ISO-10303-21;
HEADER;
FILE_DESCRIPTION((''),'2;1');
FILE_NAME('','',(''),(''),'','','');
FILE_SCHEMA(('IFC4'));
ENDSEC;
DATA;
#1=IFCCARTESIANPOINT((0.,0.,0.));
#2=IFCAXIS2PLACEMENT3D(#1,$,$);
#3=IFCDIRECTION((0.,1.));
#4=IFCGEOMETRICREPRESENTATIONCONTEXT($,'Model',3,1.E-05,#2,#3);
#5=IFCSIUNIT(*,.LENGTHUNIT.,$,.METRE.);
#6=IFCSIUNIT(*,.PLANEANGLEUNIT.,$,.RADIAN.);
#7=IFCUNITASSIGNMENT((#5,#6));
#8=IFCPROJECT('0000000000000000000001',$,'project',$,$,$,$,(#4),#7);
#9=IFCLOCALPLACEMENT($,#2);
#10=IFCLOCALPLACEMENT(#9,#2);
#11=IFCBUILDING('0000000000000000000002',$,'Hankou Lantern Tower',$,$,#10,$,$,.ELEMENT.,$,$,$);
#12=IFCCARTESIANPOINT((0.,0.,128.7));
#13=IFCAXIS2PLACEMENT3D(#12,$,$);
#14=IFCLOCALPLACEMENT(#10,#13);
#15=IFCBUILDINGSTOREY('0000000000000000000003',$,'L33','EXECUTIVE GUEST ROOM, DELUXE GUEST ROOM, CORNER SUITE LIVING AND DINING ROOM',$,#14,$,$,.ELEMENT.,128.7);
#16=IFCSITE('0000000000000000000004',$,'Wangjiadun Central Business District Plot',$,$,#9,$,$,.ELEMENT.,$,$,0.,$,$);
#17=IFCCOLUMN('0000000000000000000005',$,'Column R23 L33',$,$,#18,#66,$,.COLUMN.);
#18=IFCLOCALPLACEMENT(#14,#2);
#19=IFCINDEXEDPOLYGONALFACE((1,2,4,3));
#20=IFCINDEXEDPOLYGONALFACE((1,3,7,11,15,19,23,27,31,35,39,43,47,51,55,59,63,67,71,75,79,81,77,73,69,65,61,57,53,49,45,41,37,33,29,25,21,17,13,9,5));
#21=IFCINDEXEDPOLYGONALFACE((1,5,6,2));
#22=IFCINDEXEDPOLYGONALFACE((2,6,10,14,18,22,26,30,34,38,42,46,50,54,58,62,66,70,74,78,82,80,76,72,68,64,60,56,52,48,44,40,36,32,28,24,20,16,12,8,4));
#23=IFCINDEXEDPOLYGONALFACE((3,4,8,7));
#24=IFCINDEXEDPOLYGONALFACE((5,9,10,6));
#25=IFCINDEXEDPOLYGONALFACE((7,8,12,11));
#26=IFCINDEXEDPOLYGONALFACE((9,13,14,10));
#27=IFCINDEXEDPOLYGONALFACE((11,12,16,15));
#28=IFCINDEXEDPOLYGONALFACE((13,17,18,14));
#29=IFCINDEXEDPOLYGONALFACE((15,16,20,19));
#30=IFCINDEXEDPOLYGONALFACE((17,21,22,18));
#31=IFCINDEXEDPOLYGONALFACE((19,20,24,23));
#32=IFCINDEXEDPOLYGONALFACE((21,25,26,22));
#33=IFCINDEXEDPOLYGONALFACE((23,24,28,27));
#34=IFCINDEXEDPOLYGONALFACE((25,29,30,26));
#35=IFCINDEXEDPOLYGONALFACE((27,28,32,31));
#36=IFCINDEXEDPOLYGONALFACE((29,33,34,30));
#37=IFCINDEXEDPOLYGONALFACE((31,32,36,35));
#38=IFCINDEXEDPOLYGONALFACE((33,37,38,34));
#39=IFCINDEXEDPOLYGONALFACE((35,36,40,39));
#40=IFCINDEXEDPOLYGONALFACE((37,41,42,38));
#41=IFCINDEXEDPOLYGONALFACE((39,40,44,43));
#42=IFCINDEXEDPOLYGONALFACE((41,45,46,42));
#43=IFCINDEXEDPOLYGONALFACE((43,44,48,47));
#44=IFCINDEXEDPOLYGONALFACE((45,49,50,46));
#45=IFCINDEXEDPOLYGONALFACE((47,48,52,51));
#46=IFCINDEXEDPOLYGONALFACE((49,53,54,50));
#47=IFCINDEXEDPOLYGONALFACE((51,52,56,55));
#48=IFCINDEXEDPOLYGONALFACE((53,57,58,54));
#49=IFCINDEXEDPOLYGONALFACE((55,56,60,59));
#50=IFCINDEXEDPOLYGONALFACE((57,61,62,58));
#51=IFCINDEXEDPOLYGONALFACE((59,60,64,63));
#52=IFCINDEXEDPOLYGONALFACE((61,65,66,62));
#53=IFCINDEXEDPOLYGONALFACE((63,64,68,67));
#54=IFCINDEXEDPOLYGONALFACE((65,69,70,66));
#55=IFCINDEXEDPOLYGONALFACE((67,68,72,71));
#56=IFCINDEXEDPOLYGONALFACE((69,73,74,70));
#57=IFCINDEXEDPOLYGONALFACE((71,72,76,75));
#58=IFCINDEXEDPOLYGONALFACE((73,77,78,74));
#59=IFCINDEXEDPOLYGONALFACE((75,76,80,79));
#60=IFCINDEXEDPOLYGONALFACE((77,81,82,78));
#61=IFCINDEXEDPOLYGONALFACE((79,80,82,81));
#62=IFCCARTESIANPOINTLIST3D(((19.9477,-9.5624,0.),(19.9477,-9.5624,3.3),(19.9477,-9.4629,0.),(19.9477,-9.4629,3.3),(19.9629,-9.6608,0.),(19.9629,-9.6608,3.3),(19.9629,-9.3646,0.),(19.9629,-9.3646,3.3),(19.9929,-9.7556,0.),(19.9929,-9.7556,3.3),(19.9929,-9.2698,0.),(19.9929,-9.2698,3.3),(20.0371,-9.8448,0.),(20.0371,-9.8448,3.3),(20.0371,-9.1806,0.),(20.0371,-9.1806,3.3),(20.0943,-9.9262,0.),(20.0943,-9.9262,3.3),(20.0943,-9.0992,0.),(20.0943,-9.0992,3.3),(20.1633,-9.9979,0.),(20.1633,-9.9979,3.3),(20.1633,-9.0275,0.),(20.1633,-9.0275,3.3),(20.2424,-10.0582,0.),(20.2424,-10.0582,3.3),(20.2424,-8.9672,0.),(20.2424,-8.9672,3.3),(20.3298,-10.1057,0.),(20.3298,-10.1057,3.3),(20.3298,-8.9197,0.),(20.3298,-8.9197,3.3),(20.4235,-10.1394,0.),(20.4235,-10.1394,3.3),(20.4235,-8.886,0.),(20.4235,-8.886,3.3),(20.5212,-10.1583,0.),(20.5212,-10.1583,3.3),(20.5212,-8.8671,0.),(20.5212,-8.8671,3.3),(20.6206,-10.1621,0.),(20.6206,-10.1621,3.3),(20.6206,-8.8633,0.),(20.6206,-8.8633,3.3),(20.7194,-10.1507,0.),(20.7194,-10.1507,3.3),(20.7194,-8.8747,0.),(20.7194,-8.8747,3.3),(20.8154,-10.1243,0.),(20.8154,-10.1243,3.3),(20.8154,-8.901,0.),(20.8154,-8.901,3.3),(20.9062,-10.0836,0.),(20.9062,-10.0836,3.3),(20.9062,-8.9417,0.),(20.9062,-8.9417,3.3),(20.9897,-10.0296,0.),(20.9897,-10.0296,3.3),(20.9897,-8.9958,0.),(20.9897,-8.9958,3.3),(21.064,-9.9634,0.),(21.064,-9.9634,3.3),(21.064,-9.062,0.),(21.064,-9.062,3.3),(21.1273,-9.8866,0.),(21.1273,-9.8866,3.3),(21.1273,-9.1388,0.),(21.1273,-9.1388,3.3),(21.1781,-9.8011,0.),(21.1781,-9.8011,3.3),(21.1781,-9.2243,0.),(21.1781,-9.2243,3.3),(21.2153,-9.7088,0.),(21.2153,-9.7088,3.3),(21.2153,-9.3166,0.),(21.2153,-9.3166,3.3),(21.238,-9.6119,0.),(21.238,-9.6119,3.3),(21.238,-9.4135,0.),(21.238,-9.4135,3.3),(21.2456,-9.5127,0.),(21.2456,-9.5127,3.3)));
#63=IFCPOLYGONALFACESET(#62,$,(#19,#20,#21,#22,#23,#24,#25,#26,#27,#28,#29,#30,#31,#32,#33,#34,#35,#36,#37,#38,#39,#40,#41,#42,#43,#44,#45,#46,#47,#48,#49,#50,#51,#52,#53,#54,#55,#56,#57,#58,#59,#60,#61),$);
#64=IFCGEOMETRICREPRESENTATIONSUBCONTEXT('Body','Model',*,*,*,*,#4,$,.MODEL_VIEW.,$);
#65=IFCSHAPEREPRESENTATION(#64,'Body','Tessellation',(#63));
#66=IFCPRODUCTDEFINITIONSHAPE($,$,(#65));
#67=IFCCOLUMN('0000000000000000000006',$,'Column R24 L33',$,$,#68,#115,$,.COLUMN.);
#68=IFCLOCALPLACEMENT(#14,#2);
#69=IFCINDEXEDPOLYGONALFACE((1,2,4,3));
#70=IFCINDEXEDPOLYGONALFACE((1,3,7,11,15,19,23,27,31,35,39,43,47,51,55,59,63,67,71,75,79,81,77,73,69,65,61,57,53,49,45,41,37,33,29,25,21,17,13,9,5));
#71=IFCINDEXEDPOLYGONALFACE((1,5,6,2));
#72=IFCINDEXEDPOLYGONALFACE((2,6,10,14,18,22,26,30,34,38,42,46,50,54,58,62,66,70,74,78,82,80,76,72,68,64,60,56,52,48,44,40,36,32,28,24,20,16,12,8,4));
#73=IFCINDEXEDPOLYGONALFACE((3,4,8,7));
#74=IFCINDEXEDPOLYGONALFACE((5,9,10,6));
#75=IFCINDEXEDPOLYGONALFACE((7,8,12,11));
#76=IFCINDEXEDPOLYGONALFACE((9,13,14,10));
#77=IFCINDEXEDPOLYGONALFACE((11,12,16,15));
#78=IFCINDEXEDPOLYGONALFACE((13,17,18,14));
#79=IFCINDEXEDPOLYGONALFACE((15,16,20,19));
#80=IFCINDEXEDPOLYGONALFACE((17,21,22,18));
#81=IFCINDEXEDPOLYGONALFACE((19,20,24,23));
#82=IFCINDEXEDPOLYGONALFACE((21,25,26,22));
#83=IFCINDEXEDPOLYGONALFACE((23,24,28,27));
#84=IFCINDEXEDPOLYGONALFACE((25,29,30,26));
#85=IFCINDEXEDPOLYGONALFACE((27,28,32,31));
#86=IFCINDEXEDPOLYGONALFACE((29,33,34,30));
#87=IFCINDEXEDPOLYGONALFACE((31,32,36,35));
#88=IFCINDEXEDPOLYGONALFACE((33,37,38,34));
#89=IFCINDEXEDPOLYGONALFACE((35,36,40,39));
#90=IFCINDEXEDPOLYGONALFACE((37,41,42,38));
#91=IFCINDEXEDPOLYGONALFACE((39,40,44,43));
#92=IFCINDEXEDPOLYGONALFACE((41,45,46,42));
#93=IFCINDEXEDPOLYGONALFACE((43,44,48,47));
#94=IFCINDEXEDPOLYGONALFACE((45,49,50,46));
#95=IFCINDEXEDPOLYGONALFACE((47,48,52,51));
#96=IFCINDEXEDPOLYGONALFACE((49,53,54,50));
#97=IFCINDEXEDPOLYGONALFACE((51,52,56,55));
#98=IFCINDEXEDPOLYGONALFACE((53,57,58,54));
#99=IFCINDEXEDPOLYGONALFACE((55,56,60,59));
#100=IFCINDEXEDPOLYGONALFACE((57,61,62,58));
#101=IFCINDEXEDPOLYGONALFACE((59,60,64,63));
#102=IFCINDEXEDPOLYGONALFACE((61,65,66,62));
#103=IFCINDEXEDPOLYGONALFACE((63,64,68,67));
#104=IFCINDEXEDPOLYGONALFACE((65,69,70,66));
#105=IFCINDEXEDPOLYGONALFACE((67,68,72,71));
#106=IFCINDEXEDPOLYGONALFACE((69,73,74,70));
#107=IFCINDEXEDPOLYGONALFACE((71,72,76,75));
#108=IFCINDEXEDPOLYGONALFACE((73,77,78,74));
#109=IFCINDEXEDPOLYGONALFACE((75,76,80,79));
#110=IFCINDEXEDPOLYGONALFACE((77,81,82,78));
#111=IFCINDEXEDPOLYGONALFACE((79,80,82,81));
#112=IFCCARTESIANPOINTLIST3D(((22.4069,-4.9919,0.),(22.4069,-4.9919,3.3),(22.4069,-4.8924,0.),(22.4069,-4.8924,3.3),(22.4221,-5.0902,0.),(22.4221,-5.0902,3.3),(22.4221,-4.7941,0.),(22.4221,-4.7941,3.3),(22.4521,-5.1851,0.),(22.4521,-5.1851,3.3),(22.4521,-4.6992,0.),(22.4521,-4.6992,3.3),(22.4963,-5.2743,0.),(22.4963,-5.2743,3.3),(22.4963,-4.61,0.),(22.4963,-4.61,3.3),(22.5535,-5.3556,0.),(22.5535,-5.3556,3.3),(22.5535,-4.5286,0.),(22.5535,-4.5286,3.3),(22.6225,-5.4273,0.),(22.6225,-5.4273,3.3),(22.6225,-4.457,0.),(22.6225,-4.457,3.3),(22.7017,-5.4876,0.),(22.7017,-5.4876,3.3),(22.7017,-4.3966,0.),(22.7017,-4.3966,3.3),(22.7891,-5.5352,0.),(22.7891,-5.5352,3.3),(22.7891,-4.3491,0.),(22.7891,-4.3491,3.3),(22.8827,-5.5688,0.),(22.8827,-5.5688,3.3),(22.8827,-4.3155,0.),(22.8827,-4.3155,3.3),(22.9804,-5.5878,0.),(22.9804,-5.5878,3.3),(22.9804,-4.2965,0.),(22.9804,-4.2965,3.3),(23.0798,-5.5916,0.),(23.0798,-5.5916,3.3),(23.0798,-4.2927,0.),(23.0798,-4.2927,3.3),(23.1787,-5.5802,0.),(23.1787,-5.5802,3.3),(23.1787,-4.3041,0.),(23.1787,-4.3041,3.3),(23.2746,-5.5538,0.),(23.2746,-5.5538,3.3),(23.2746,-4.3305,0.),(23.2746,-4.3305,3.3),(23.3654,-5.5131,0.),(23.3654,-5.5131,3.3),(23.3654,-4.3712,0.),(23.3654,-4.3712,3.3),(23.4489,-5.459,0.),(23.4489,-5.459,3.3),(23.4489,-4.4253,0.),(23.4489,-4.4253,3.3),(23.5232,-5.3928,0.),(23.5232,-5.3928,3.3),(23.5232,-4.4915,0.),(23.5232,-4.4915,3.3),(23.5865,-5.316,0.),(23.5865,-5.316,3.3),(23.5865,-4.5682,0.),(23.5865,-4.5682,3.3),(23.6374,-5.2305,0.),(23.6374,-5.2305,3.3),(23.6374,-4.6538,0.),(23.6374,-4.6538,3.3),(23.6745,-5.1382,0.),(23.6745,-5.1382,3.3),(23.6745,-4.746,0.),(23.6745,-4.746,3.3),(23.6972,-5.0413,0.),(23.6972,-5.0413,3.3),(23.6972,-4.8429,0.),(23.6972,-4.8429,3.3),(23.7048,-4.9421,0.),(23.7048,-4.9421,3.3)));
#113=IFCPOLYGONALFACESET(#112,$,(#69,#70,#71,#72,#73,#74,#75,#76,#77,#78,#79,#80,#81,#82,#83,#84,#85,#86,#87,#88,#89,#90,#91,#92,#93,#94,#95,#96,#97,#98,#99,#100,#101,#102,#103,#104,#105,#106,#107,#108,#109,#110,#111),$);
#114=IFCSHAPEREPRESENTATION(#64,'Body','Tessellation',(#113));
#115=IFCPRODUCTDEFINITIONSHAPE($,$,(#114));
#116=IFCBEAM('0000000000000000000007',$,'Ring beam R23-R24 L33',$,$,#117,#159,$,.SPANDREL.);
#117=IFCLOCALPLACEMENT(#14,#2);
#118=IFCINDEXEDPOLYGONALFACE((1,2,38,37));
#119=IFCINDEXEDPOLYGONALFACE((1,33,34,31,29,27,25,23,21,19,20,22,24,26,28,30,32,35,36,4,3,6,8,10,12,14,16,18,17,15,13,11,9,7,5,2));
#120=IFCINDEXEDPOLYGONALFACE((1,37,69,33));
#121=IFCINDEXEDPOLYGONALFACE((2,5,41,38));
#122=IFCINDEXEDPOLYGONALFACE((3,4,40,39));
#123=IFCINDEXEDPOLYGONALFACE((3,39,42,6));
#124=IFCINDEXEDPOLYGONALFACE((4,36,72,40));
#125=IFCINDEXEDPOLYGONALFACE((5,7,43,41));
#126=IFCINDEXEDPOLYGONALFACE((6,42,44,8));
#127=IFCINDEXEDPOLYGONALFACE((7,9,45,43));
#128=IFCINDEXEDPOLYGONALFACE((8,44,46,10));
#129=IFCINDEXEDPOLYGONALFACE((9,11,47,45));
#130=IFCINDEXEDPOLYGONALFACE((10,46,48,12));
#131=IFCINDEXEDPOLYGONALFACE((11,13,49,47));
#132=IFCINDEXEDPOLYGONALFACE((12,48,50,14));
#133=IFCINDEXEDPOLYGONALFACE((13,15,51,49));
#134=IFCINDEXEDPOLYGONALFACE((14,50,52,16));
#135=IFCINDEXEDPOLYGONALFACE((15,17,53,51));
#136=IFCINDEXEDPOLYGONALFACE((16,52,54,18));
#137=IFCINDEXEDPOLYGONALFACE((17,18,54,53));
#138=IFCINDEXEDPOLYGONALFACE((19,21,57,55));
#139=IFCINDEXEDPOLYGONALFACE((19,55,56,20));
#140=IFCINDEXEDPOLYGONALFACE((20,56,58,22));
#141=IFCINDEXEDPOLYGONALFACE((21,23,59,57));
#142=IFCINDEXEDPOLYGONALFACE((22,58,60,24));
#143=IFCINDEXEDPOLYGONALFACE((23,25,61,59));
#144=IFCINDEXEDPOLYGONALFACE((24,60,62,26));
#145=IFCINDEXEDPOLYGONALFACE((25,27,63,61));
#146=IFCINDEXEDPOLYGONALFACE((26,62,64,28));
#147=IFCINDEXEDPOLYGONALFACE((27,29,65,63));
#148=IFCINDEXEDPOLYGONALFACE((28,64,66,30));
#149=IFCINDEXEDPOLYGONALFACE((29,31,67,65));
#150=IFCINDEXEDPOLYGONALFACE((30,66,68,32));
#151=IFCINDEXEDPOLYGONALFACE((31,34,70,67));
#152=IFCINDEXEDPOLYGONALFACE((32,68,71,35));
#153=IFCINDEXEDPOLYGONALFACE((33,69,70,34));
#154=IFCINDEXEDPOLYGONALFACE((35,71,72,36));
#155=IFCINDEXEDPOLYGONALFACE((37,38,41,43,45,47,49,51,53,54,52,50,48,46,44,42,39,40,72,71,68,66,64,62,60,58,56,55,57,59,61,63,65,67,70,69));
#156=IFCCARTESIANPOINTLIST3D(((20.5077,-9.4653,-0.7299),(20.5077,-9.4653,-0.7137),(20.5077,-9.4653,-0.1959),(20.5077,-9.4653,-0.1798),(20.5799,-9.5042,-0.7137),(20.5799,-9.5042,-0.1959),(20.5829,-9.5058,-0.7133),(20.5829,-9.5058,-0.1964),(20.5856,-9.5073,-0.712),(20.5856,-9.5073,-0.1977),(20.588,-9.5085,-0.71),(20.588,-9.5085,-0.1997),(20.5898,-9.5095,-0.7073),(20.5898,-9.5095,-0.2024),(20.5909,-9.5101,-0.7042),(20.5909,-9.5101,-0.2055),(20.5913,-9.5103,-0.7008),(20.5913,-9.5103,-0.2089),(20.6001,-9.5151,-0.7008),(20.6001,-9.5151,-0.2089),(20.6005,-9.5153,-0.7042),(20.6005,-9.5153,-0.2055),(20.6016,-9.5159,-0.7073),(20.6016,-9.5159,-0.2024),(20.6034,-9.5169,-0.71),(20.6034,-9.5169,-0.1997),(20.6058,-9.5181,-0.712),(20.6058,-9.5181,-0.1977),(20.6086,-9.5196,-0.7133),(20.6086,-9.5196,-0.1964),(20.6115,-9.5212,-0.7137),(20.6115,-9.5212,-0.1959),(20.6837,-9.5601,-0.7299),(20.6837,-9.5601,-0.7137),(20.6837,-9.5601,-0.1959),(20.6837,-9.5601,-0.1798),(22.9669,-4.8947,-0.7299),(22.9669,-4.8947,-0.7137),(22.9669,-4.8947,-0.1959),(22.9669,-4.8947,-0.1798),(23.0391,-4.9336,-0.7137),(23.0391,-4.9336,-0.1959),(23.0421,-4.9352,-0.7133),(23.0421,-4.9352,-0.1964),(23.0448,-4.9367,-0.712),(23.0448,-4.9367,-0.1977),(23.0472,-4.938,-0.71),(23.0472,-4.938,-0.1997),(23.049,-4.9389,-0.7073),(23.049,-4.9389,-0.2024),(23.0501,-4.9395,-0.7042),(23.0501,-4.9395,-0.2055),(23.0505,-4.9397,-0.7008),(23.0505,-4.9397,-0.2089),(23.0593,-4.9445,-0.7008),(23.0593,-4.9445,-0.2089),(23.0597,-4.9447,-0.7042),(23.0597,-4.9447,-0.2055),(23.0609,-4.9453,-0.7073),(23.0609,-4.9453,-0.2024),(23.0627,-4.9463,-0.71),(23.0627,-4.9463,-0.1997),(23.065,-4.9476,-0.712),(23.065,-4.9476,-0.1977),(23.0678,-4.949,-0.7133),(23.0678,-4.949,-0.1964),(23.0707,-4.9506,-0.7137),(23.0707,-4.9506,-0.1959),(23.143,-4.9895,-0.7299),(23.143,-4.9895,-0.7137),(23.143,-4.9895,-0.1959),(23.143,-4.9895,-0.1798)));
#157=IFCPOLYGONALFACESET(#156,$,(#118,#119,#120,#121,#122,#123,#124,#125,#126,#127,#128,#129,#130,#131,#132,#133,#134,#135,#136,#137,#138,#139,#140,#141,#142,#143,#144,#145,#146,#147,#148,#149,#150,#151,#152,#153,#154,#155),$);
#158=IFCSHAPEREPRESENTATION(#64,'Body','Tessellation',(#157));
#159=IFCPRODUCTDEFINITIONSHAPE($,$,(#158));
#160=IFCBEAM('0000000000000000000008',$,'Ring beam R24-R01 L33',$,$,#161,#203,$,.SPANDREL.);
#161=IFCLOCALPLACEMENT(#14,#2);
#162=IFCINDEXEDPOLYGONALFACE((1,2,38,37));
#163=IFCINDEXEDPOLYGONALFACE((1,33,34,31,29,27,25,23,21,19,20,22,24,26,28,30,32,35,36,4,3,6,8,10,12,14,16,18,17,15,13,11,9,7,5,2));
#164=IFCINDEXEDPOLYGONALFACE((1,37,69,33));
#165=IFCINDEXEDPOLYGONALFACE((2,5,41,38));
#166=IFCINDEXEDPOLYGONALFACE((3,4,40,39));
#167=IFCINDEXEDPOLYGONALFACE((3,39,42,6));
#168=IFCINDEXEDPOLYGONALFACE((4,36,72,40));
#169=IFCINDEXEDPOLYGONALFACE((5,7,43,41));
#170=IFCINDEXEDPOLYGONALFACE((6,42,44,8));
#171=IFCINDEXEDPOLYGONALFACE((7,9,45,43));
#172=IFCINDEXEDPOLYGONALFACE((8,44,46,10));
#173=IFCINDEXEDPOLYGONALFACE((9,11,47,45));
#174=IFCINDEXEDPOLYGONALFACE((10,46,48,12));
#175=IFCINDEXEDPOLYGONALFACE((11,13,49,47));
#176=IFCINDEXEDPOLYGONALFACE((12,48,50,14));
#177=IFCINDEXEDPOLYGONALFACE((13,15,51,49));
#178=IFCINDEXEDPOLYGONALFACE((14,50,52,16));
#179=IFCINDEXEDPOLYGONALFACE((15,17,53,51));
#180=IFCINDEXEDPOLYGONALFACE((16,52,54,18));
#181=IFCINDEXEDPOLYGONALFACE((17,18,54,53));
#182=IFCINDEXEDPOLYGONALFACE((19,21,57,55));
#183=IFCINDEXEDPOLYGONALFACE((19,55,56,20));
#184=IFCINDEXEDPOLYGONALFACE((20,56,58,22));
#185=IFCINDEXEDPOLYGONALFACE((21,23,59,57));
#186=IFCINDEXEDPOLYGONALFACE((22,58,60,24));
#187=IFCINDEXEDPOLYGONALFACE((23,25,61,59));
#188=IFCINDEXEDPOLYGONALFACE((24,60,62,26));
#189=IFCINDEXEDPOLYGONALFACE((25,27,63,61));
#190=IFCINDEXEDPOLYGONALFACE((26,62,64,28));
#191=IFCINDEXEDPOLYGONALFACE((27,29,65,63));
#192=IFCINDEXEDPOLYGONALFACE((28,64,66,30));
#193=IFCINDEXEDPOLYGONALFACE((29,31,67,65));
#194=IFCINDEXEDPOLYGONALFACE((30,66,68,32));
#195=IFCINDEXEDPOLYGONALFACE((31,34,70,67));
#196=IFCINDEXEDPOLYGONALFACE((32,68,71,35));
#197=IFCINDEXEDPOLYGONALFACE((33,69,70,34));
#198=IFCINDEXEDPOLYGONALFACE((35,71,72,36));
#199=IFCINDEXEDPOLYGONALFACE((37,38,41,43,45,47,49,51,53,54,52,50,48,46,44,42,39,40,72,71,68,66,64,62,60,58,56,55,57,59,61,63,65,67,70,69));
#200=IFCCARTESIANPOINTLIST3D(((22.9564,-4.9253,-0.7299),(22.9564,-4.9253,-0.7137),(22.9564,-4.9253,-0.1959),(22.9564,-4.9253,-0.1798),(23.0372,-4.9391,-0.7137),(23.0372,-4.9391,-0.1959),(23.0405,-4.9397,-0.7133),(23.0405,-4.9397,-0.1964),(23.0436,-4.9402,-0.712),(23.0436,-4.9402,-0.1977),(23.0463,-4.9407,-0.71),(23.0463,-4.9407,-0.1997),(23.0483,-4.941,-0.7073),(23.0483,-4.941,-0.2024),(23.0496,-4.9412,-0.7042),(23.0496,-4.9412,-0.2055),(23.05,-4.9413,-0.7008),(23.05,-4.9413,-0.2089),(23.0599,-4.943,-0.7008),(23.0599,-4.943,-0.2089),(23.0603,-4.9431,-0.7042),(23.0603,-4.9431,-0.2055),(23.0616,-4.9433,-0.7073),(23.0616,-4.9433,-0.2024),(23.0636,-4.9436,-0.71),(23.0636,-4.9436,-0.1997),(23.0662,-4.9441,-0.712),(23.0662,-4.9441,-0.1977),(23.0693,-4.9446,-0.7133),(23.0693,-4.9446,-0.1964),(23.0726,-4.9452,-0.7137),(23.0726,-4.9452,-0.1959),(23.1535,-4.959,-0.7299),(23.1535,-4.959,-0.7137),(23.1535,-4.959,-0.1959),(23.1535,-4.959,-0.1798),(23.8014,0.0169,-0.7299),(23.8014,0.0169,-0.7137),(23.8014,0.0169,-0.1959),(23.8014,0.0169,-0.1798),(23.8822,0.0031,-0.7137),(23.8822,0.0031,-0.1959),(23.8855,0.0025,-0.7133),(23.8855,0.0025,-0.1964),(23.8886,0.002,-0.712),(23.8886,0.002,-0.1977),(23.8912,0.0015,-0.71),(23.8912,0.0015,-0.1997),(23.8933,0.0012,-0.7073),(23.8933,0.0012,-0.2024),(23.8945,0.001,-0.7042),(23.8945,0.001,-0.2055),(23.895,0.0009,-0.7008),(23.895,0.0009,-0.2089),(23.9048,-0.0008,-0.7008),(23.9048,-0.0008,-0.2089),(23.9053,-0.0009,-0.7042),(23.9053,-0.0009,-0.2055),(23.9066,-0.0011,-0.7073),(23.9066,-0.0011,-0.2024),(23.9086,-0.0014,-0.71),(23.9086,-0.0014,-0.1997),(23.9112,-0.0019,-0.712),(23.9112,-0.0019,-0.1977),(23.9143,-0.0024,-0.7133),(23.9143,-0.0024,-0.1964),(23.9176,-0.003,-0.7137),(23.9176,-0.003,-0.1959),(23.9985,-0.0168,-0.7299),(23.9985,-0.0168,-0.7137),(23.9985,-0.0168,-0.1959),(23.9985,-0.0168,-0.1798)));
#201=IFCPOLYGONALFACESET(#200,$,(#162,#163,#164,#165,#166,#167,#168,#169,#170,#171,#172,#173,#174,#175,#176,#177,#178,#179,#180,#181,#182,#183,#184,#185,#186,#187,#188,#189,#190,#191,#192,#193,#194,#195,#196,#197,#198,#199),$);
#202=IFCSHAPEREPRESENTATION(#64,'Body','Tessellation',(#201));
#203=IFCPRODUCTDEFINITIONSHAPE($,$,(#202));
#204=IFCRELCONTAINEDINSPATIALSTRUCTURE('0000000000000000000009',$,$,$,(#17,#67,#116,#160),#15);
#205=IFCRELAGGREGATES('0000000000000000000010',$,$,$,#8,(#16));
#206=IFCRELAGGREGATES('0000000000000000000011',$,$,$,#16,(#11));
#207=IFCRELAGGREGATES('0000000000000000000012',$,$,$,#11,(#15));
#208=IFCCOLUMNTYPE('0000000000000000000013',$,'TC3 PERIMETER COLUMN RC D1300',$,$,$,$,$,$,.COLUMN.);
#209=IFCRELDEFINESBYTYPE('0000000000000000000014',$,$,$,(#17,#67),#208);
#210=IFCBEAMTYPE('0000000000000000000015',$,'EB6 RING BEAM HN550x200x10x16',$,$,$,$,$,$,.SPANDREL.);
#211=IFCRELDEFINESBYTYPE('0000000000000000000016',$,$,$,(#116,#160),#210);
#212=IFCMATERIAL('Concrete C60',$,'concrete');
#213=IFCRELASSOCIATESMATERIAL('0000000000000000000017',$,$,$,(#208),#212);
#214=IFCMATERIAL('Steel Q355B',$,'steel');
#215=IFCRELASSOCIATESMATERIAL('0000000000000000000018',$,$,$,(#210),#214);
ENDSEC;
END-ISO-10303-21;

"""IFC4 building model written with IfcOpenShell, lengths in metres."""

from ifc_helpers import new_model, si_unit, direction, frame, origin, origin_2d, place, context, subcontext, project, spatial, circle, i_section, extrude, material, material_profile, profile_set, type_object, element, save


model = new_model("IFC4")

# Units and contexts
model_context = context("Model", 3, precision=1e-05, world=origin(), true_north=direction((0.0, 1.0)))
body_context = subcontext(model_context, "Body", "Model", "MODEL_VIEW")
ifc_project = project(units=[si_unit("LENGTHUNIT", "METRE"), si_unit("PLANEANGLEUNIT", "RADIAN")], contexts=[model_context])

# Site, building, storey
site_placement = place(None, origin())
site = spatial("IfcSite", under=ifc_project, at=site_placement, Name="Wangjiadun Central Business District Plot", CompositionType="ELEMENT", RefElevation=0.0)
building_placement = place(site_placement, origin())
building = spatial("IfcBuilding", under=site, at=building_placement, Name="Hankou Lantern Tower", CompositionType="ELEMENT")
storey_placement = place(building_placement, frame((0.0, 0.0, 128.7)))
storey = spatial("IfcBuildingStorey", under=building, at=storey_placement, Name="L33", Description="EXECUTIVE GUEST ROOM, DELUXE GUEST ROOM, CORNER SUITE LIVING AND DINING ROOM", CompositionType="ELEMENT", Elevation=128.7)

# Columns
ifc_material_1 = material(Name="Concrete C60", Category="concrete")
ifc_material_profile_1 = material_profile(ifc_material_1, circle(Radius=0.6499, at=origin_2d()), Name="RC D1300")
ifc_profile_set_1 = profile_set([ifc_material_profile_1], Name="Concrete C60")
column_type = type_object("IfcColumnType", Name="TC3 PERIMETER COLUMN RC D1300", PredefinedType="COLUMN", material=ifc_profile_set_1)
for number, where, z_axis, x_axis, name in (
    (1, (20.5957, -9.5127, 0.0), (0.0, 0.0, 1.0), (1.0, 0.0, 0.0), "Column R23 L33"),
    (2, (23.0549, -4.9421, 0.0), (0.0, 0.0, 1.0), (1.0, 0.0, 0.0), "Column R24 L33"),
):
    element("IfcColumn", number, at=place(storey_placement, frame(where, z_axis=z_axis, x_axis=x_axis)), inside=storey, type_object=column_type, Name=name, PredefinedType="COLUMN", context=body_context, shape_type="SweptSolid", body=[
        extrude(circle(Radius=0.6499, at=origin_2d()), origin(), (0.0, 0.0, 1.0), 3.3),
    ])

# Beams
ifc_material_2 = material(Name="Steel Q355B", Category="steel")
ifc_material_profile_2 = material_profile(ifc_material_2, i_section(OverallWidth=0.2, OverallDepth=0.55, WebThickness=0.01, FlangeThickness=0.0161, FilletRadius=0.0129, at=origin_2d()), Name="HN550x200x10x16")
ifc_profile_set_2 = profile_set([ifc_material_profile_2], Name="Steel Q355B")
beam_type = type_object("IfcBeamType", Name="EB6 RING BEAM HN550x200x10x16", PredefinedType="SPANDREL", material=ifc_profile_set_2)
beam_1_placement = place(storey_placement, frame((20.5957, -9.5127, -0.4548), z_axis=(0.473825, 0.880619, 0.0), x_axis=(-0.880619, 0.473825, 0.0)))
element("IfcBeam", 3, at=beam_1_placement, inside=storey, type_object=beam_type, Name="Ring beam R23-R24 L33", PredefinedType="SPANDREL", context=body_context, shape_type="SweptSolid", body=[
    extrude(i_section(OverallWidth=0.2, OverallDepth=0.55, WebThickness=0.01, FlangeThickness=0.0161, FilletRadius=0.0129, at=origin_2d()), origin(), (0.0, 0.0, 1.0), 5.1902),
])
beam_2_placement = place(storey_placement, frame((23.0549, -4.9421, -0.4548), z_axis=(0.168527, 0.985697, 0.0), x_axis=(-0.985697, 0.168527, 0.0)))
element("IfcBeam", 4, at=beam_2_placement, inside=storey, type_object=beam_type, Name="Ring beam R24-R01 L33", PredefinedType="SPANDREL", context=body_context, shape_type="SweptSolid", body=[
    extrude(i_section(OverallWidth=0.2, OverallDepth=0.55, WebThickness=0.01, FlangeThickness=0.0161, FilletRadius=0.0129, at=origin_2d()), origin(), (0.0, 0.0, 1.0), 5.0139),
])

save(model, "model.ifc")
